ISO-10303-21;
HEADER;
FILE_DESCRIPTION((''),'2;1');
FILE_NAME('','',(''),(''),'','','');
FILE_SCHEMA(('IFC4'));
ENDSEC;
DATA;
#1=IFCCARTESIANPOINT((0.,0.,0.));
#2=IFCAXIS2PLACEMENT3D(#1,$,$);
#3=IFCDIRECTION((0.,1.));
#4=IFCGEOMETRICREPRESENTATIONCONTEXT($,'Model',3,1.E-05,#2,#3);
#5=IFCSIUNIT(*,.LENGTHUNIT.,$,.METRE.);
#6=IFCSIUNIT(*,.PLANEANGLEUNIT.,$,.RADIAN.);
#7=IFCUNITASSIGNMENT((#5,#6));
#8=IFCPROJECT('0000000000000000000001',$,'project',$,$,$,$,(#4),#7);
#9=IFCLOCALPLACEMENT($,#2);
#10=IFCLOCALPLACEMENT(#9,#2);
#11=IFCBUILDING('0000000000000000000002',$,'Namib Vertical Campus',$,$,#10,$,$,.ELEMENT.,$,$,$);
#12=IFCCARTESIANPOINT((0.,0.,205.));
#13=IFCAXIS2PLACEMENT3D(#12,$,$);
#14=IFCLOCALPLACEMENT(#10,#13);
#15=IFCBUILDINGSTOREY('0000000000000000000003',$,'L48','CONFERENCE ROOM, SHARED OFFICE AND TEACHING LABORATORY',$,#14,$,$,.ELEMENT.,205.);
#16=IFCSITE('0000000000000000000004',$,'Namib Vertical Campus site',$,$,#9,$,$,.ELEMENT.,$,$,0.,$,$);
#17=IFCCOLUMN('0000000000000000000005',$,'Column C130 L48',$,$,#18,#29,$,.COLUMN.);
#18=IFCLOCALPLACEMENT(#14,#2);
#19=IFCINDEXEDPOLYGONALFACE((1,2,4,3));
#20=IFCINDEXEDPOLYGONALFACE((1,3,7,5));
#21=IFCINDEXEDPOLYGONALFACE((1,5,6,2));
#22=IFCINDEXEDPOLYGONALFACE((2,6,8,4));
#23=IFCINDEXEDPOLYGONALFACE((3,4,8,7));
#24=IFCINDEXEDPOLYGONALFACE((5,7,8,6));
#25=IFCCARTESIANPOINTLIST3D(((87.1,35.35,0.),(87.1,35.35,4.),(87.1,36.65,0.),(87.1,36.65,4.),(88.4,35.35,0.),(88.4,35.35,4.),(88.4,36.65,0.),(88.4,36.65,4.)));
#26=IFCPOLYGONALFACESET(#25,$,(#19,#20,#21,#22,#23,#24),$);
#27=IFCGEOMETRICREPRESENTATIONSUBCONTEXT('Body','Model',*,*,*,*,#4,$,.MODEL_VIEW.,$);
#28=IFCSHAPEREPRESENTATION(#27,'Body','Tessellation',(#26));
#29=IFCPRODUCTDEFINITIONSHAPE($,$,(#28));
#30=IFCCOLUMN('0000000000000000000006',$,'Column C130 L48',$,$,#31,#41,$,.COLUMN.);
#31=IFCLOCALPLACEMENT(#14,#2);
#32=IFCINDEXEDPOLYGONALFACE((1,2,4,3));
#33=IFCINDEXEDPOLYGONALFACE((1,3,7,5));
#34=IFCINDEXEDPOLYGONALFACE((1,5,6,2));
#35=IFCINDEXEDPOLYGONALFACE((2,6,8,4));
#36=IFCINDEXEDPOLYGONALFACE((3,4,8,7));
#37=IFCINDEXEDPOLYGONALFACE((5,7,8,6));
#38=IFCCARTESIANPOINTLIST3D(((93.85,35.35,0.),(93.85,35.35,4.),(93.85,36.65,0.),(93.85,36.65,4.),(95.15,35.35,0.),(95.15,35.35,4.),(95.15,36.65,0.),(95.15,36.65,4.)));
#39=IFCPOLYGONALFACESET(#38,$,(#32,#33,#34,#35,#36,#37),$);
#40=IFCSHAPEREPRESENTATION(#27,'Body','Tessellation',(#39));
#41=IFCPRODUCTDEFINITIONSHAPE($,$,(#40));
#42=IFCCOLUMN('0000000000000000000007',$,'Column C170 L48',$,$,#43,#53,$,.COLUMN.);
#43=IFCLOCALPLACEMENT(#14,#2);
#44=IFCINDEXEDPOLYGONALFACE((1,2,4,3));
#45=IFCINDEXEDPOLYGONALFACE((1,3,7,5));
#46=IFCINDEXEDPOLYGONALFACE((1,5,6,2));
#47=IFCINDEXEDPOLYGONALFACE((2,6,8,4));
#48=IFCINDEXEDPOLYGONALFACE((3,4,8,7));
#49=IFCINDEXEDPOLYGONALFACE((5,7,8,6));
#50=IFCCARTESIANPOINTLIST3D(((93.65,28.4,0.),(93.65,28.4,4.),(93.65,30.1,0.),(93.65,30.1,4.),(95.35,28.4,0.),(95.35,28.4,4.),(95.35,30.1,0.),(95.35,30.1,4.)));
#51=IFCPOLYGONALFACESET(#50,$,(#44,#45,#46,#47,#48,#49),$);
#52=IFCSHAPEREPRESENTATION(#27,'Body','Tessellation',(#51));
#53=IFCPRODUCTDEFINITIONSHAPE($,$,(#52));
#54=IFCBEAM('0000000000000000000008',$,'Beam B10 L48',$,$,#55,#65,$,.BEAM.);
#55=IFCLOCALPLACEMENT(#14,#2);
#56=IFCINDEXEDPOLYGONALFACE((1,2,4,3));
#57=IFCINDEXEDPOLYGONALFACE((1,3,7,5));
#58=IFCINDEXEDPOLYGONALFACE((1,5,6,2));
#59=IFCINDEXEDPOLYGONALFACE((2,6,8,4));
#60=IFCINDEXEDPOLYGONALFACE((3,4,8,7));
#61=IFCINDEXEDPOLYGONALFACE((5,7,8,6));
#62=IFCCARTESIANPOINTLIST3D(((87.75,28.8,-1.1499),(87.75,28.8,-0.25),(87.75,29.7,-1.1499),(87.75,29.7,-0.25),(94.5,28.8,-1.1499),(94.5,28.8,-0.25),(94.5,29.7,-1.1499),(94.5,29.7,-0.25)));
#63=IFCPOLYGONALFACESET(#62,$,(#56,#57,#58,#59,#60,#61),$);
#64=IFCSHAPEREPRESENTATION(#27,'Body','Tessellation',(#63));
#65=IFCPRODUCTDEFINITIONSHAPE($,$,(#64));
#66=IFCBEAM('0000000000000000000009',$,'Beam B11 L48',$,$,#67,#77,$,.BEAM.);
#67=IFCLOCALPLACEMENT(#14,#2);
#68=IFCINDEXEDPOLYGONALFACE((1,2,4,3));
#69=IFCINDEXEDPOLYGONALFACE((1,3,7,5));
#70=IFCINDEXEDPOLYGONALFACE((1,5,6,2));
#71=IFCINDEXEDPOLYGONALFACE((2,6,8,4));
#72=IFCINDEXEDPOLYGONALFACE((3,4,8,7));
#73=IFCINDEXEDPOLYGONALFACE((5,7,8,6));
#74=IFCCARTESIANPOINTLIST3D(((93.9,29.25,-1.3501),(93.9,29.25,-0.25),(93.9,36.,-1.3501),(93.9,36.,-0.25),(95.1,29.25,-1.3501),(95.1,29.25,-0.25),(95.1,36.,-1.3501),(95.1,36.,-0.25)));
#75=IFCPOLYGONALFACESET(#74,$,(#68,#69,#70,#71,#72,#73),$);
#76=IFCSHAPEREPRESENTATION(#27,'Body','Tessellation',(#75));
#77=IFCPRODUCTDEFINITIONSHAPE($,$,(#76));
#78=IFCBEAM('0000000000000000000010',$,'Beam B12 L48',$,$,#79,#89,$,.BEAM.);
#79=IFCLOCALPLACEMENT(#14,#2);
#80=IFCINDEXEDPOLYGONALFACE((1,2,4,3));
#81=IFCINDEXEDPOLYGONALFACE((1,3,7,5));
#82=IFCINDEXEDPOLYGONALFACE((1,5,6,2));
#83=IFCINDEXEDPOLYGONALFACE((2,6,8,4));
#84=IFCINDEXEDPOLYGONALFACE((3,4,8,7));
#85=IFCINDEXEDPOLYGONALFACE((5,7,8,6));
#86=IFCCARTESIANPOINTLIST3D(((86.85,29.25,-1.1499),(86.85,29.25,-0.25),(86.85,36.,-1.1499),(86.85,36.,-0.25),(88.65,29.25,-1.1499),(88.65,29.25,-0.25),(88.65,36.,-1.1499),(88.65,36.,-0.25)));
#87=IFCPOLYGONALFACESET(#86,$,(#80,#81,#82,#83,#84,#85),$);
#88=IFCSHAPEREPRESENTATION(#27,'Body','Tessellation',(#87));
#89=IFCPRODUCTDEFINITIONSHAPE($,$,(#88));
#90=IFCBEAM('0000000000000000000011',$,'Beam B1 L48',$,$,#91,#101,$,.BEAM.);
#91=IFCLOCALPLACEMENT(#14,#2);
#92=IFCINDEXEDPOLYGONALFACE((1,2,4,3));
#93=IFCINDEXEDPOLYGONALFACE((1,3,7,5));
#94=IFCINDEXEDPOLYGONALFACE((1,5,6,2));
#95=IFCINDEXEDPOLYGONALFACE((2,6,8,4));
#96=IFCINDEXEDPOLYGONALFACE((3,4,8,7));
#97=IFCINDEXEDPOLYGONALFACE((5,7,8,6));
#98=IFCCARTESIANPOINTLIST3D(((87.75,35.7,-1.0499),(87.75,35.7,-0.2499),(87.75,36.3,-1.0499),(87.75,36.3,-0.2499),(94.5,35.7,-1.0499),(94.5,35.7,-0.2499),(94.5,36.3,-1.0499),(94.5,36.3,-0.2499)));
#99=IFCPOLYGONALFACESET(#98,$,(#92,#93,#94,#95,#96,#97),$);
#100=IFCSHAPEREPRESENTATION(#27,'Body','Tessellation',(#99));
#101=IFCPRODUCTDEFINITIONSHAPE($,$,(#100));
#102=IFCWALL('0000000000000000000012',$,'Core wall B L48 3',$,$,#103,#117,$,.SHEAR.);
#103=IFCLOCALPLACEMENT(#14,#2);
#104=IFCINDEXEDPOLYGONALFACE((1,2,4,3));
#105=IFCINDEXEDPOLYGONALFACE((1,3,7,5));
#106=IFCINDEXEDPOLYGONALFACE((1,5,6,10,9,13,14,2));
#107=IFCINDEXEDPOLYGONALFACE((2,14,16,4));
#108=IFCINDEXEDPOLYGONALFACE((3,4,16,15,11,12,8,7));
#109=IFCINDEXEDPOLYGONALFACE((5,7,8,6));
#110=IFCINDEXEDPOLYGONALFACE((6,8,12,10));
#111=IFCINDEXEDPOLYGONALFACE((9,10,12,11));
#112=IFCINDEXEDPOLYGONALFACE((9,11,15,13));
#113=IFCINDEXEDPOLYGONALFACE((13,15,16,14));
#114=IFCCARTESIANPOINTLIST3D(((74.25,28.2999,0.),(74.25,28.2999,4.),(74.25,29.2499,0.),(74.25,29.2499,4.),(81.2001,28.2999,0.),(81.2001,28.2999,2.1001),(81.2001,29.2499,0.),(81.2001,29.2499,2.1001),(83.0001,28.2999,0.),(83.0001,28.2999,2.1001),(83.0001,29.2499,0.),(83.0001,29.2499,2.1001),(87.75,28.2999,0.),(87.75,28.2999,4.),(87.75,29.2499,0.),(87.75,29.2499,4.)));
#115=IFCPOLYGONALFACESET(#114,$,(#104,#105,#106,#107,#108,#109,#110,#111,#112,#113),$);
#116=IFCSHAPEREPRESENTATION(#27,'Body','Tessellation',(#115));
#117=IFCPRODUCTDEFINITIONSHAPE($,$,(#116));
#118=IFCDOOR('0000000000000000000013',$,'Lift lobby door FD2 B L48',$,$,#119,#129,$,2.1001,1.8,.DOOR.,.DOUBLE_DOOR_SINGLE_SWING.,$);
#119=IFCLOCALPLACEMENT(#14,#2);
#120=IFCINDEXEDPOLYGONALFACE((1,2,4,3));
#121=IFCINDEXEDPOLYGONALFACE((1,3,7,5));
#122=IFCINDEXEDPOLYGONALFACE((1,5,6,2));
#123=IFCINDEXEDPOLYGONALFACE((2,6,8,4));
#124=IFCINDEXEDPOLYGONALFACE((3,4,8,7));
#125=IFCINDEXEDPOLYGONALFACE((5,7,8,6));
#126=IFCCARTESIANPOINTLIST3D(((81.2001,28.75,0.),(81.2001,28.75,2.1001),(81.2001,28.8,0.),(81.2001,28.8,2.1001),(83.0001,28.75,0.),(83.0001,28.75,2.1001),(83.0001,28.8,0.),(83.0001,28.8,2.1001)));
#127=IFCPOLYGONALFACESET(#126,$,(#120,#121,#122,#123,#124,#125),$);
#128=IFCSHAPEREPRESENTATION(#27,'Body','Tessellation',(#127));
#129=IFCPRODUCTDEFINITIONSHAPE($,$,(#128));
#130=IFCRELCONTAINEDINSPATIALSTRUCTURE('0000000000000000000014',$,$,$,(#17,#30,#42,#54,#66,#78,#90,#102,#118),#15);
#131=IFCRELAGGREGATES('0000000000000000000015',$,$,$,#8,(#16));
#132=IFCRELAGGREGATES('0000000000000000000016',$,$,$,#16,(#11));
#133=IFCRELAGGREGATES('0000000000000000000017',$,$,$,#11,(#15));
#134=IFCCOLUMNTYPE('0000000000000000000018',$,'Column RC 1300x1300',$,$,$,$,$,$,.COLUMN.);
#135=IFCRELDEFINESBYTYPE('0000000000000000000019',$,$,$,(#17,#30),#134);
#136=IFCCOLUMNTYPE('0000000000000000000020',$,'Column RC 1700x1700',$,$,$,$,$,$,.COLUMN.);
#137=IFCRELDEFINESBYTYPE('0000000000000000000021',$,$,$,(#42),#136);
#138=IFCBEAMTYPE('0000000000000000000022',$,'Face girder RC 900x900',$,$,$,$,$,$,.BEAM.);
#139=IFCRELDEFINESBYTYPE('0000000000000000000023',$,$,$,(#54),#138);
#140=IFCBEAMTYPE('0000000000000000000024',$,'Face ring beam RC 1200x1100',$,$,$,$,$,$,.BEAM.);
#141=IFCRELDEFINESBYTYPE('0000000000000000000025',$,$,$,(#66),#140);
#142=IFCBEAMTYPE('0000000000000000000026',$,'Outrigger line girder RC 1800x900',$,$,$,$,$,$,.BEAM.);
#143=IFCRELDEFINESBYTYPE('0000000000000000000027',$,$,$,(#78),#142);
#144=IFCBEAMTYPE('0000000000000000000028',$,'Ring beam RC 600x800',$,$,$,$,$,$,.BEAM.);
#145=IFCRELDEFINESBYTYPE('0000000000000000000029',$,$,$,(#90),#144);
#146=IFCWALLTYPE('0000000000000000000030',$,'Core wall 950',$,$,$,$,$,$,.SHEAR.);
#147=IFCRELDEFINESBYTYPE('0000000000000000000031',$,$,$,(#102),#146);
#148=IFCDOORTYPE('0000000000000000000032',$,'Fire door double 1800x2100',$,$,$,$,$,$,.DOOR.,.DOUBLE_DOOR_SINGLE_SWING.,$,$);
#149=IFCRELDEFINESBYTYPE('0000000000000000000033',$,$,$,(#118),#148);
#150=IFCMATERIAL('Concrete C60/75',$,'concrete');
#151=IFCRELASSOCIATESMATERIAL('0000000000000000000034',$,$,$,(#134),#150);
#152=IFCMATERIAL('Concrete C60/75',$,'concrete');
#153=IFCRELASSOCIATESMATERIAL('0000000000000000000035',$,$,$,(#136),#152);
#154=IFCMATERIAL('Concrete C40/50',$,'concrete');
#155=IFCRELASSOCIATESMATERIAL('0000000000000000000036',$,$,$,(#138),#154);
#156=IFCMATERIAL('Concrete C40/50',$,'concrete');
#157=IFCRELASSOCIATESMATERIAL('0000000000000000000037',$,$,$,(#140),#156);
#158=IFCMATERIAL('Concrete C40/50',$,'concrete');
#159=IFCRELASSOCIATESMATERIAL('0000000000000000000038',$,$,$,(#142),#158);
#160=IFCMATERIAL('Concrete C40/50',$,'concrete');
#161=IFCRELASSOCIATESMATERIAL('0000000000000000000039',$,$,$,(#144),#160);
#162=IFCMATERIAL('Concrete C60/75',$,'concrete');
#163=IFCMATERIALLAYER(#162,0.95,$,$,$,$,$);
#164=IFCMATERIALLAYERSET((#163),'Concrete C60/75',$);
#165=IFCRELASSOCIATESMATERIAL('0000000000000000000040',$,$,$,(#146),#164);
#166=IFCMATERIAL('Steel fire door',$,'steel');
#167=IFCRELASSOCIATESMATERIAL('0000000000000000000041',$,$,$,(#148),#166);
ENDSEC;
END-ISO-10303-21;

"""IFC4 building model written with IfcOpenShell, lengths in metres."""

from ifc_helpers import new_model, si_unit, direction, frame, frame_2d, origin, origin_2d, place, context, subcontext, project, spatial, rectangle, extrude, material, layer, layer_set, material_profile, profile_set, type_object, element, fill, save


model = new_model("IFC4")

# Units and contexts
model_context = context("Model", 3, precision=1e-05, world=origin(), true_north=direction((0.0, 1.0)))
body_context = subcontext(model_context, "Body", "Model", "MODEL_VIEW")
ifc_project = project(units=[si_unit("LENGTHUNIT", "METRE"), si_unit("PLANEANGLEUNIT", "RADIAN")], contexts=[model_context])

# Site, building, storey
site_placement = place(None, origin())
site = spatial("IfcSite", under=ifc_project, at=site_placement, Name="Namib Vertical Campus site", CompositionType="ELEMENT", RefElevation=0.0)
building_placement = place(site_placement, origin())
building = spatial("IfcBuilding", under=site, at=building_placement, Name="Namib Vertical Campus", CompositionType="ELEMENT")
storey_placement = place(building_placement, frame((0.0, 0.0, 205.0)))
storey = spatial("IfcBuildingStorey", under=building, at=storey_placement, Name="L48", Description="CONFERENCE ROOM, SHARED OFFICE AND TEACHING LABORATORY", CompositionType="ELEMENT", Elevation=205.0)

# Columns
ifc_material_1 = material(Name="Concrete C60/75", Category="concrete")
ifc_material_profile_1 = material_profile(ifc_material_1, rectangle(XDim=1.3, YDim=1.3, at=origin_2d()))
ifc_profile_set_1 = profile_set([ifc_material_profile_1], Name="Concrete C60/75")
column_type_1 = type_object("IfcColumnType", Name="Column RC 1300x1300", PredefinedType="COLUMN", material=ifc_profile_set_1)
for number, where, z_axis, x_axis, name in (
    (1, (87.75, 36.0, 0.0), (0.0, 0.0, 1.0), (1.0, 0.0, 0.0), "Column C130 L48"),
    (2, (94.5, 36.0, 0.0), (0.0, 0.0, 1.0), (1.0, 0.0, 0.0), "Column C130 L48"),
):
    element("IfcColumn", number, at=place(storey_placement, frame(where, z_axis=z_axis, x_axis=x_axis)), inside=storey, type_object=column_type_1, Name=name, PredefinedType="COLUMN", context=body_context, shape_type="SweptSolid", body=[
        extrude(rectangle(XDim=1.3, YDim=1.3, at=origin_2d()), origin(), (0.0, 0.0, 1.0), 4.0),
    ])
ifc_material_2 = material(Name="Concrete C60/75", Category="concrete")
ifc_material_profile_2 = material_profile(ifc_material_2, rectangle(XDim=1.7, YDim=1.7, at=origin_2d()))
ifc_profile_set_2 = profile_set([ifc_material_profile_2], Name="Concrete C60/75")
column_type_2 = type_object("IfcColumnType", Name="Column RC 1700x1700", PredefinedType="COLUMN", material=ifc_profile_set_2)
column_placement = place(storey_placement, frame((94.5, 29.25, 0.0), z_axis=(0.0, 0.0, 1.0), x_axis=(1.0, 0.0, 0.0)))
element("IfcColumn", 3, at=column_placement, inside=storey, type_object=column_type_2, Name="Column C170 L48", PredefinedType="COLUMN", context=body_context, shape_type="SweptSolid", body=[
    extrude(rectangle(XDim=1.7, YDim=1.7, at=origin_2d()), origin(), (0.0, 0.0, 1.0), 4.0),
])

# Beams
ifc_material_3 = material(Name="Concrete C40/50", Category="concrete")
ifc_material_profile_3 = material_profile(ifc_material_3, rectangle(XDim=0.8999, YDim=0.8999, at=origin_2d()))
ifc_profile_set_3 = profile_set([ifc_material_profile_3], Name="Concrete C40/50")
beam_type_1 = type_object("IfcBeamType", Name="Face girder RC 900x900", PredefinedType="BEAM", material=ifc_profile_set_3)
beam_1_placement = place(storey_placement, frame((94.5, 29.25, -0.7), z_axis=(-1.0, 0.0, 0.0), x_axis=(0.0, -1.0, 0.0)))
element("IfcBeam", 4, at=beam_1_placement, inside=storey, type_object=beam_type_1, Name="Beam B10 L48", PredefinedType="BEAM", context=body_context, shape_type="SweptSolid", body=[
    extrude(rectangle(XDim=0.8999, YDim=0.8999, at=origin_2d()), origin(), (0.0, 0.0, 1.0), 6.75),
])
ifc_material_4 = material(Name="Concrete C40/50", Category="concrete")
ifc_material_profile_4 = material_profile(ifc_material_4, rectangle(XDim=1.2, YDim=1.1001, at=origin_2d()))
ifc_profile_set_4 = profile_set([ifc_material_profile_4], Name="Concrete C40/50")
beam_type_2 = type_object("IfcBeamType", Name="Face ring beam RC 1200x1100", PredefinedType="BEAM", material=ifc_profile_set_4)
beam_2_placement = place(storey_placement, frame((94.5, 29.25, -0.8), z_axis=(0.0, 1.0, 0.0), x_axis=(-1.0, 0.0, 0.0)))
element("IfcBeam", 5, at=beam_2_placement, inside=storey, type_object=beam_type_2, Name="Beam B11 L48", PredefinedType="BEAM", context=body_context, shape_type="SweptSolid", body=[
    extrude(rectangle(XDim=1.2, YDim=1.1001, at=origin_2d()), origin(), (0.0, 0.0, 1.0), 6.75),
])
ifc_material_5 = material(Name="Concrete C40/50", Category="concrete")
ifc_material_profile_5 = material_profile(ifc_material_5, rectangle(XDim=1.8, YDim=0.8999, at=origin_2d()))
ifc_profile_set_5 = profile_set([ifc_material_profile_5], Name="Concrete C40/50")
beam_type_3 = type_object("IfcBeamType", Name="Outrigger line girder RC 1800x900", PredefinedType="BEAM", material=ifc_profile_set_5)
beam_3_placement = place(storey_placement, frame((87.75, 36.0, -0.7), z_axis=(0.0, -1.0, 0.0), x_axis=(1.0, 0.0, 0.0)))
element("IfcBeam", 6, at=beam_3_placement, inside=storey, type_object=beam_type_3, Name="Beam B12 L48", PredefinedType="BEAM", context=body_context, shape_type="SweptSolid", body=[
    extrude(rectangle(XDim=1.8, YDim=0.8999, at=origin_2d()), origin(), (0.0, 0.0, 1.0), 6.75),
])
ifc_material_6 = material(Name="Concrete C40/50", Category="concrete")
ifc_material_profile_6 = material_profile(ifc_material_6, rectangle(XDim=0.6001, YDim=0.8, at=origin_2d()))
ifc_profile_set_6 = profile_set([ifc_material_profile_6], Name="Concrete C40/50")
beam_type_4 = type_object("IfcBeamType", Name="Ring beam RC 600x800", PredefinedType="BEAM", material=ifc_profile_set_6)
beam_4_placement = place(storey_placement, frame((87.75, 36.0, -0.6499), z_axis=(1.0, 0.0, 0.0), x_axis=(0.0, 1.0, 0.0)))
element("IfcBeam", 7, at=beam_4_placement, inside=storey, type_object=beam_type_4, Name="Beam B1 L48", PredefinedType="BEAM", context=body_context, shape_type="SweptSolid", body=[
    extrude(rectangle(XDim=0.6001, YDim=0.8, at=origin_2d()), origin(), (0.0, 0.0, 1.0), 6.75),
])

# Wall, opening, door
ifc_material_7 = material(Name="Concrete C60/75", Category="concrete")
ifc_layer_1 = layer(ifc_material_7, 0.95)
ifc_layer_set_1 = layer_set([ifc_layer_1], Name="Concrete C60/75")
wall_type_1 = type_object("IfcWallType", Name="Core wall 950", PredefinedType="SHEAR", material=ifc_layer_set_1)
wall_1_placement = place(storey_placement, frame((87.75, 28.7749, 0.0), z_axis=(0.0, 0.0, 1.0), x_axis=(-1.0, 0.0, 0.0)))
wall_1 = element("IfcWall", 8, at=wall_1_placement, inside=storey, type_object=wall_type_1, Name="Core wall B L48 3", PredefinedType="SHEAR", context=body_context, shape_type="SweptSolid", body=[
    extrude(rectangle(XDim=13.5, YDim=0.95, at=frame_2d((6.75, 0.0))), origin(), (0.0, 0.0, 1.0), 4.0),
])
opening_1_placement = place(wall_1_placement, frame((4.75, 0.0, 0.0)))
opening_1 = element("IfcOpeningElement", 9, at=opening_1_placement, cuts=wall_1, PredefinedType="OPENING", context=body_context, shape_type="SweptSolid", body=[
    extrude(rectangle(XDim=1.8, YDim=2.1001, at=frame_2d((0.8999, 1.05))), frame((0.0, 0.4849, 0.0), z_axis=(0.0, -1.0, 0.0), x_axis=(1.0, 0.0, 0.0)), (0.0, 0.0, 1.0), 0.97),
])
ifc_material_8 = material(Name="Steel fire door", Category="steel")
door_type_1 = type_object("IfcDoorType", Name="Fire door double 1800x2100", OperationType="DOUBLE_DOOR_SINGLE_SWING", PredefinedType="DOOR", material=ifc_material_8)
door_1_placement = place(opening_1_placement, origin())
door_1 = element("IfcDoor", 10, at=door_1_placement, inside=storey, type_object=door_type_1, Name="Lift lobby door FD2 B L48", OperationType="DOUBLE_DOOR_SINGLE_SWING", OverallHeight=2.1001, OverallWidth=1.8, PredefinedType="DOOR", context=body_context, shape_type="SweptSolid", body=[
    extrude(rectangle(XDim=1.8, YDim=2.1001, at=frame_2d((0.8999, 1.05))), frame((0.0, 0.0249, 0.0), z_axis=(0.0, -1.0, 0.0), x_axis=(1.0, 0.0, 0.0)), (0.0, 0.0, 1.0), 0.05),
])
fill(opening_1, door_1)

save(model, "model.ifc")
